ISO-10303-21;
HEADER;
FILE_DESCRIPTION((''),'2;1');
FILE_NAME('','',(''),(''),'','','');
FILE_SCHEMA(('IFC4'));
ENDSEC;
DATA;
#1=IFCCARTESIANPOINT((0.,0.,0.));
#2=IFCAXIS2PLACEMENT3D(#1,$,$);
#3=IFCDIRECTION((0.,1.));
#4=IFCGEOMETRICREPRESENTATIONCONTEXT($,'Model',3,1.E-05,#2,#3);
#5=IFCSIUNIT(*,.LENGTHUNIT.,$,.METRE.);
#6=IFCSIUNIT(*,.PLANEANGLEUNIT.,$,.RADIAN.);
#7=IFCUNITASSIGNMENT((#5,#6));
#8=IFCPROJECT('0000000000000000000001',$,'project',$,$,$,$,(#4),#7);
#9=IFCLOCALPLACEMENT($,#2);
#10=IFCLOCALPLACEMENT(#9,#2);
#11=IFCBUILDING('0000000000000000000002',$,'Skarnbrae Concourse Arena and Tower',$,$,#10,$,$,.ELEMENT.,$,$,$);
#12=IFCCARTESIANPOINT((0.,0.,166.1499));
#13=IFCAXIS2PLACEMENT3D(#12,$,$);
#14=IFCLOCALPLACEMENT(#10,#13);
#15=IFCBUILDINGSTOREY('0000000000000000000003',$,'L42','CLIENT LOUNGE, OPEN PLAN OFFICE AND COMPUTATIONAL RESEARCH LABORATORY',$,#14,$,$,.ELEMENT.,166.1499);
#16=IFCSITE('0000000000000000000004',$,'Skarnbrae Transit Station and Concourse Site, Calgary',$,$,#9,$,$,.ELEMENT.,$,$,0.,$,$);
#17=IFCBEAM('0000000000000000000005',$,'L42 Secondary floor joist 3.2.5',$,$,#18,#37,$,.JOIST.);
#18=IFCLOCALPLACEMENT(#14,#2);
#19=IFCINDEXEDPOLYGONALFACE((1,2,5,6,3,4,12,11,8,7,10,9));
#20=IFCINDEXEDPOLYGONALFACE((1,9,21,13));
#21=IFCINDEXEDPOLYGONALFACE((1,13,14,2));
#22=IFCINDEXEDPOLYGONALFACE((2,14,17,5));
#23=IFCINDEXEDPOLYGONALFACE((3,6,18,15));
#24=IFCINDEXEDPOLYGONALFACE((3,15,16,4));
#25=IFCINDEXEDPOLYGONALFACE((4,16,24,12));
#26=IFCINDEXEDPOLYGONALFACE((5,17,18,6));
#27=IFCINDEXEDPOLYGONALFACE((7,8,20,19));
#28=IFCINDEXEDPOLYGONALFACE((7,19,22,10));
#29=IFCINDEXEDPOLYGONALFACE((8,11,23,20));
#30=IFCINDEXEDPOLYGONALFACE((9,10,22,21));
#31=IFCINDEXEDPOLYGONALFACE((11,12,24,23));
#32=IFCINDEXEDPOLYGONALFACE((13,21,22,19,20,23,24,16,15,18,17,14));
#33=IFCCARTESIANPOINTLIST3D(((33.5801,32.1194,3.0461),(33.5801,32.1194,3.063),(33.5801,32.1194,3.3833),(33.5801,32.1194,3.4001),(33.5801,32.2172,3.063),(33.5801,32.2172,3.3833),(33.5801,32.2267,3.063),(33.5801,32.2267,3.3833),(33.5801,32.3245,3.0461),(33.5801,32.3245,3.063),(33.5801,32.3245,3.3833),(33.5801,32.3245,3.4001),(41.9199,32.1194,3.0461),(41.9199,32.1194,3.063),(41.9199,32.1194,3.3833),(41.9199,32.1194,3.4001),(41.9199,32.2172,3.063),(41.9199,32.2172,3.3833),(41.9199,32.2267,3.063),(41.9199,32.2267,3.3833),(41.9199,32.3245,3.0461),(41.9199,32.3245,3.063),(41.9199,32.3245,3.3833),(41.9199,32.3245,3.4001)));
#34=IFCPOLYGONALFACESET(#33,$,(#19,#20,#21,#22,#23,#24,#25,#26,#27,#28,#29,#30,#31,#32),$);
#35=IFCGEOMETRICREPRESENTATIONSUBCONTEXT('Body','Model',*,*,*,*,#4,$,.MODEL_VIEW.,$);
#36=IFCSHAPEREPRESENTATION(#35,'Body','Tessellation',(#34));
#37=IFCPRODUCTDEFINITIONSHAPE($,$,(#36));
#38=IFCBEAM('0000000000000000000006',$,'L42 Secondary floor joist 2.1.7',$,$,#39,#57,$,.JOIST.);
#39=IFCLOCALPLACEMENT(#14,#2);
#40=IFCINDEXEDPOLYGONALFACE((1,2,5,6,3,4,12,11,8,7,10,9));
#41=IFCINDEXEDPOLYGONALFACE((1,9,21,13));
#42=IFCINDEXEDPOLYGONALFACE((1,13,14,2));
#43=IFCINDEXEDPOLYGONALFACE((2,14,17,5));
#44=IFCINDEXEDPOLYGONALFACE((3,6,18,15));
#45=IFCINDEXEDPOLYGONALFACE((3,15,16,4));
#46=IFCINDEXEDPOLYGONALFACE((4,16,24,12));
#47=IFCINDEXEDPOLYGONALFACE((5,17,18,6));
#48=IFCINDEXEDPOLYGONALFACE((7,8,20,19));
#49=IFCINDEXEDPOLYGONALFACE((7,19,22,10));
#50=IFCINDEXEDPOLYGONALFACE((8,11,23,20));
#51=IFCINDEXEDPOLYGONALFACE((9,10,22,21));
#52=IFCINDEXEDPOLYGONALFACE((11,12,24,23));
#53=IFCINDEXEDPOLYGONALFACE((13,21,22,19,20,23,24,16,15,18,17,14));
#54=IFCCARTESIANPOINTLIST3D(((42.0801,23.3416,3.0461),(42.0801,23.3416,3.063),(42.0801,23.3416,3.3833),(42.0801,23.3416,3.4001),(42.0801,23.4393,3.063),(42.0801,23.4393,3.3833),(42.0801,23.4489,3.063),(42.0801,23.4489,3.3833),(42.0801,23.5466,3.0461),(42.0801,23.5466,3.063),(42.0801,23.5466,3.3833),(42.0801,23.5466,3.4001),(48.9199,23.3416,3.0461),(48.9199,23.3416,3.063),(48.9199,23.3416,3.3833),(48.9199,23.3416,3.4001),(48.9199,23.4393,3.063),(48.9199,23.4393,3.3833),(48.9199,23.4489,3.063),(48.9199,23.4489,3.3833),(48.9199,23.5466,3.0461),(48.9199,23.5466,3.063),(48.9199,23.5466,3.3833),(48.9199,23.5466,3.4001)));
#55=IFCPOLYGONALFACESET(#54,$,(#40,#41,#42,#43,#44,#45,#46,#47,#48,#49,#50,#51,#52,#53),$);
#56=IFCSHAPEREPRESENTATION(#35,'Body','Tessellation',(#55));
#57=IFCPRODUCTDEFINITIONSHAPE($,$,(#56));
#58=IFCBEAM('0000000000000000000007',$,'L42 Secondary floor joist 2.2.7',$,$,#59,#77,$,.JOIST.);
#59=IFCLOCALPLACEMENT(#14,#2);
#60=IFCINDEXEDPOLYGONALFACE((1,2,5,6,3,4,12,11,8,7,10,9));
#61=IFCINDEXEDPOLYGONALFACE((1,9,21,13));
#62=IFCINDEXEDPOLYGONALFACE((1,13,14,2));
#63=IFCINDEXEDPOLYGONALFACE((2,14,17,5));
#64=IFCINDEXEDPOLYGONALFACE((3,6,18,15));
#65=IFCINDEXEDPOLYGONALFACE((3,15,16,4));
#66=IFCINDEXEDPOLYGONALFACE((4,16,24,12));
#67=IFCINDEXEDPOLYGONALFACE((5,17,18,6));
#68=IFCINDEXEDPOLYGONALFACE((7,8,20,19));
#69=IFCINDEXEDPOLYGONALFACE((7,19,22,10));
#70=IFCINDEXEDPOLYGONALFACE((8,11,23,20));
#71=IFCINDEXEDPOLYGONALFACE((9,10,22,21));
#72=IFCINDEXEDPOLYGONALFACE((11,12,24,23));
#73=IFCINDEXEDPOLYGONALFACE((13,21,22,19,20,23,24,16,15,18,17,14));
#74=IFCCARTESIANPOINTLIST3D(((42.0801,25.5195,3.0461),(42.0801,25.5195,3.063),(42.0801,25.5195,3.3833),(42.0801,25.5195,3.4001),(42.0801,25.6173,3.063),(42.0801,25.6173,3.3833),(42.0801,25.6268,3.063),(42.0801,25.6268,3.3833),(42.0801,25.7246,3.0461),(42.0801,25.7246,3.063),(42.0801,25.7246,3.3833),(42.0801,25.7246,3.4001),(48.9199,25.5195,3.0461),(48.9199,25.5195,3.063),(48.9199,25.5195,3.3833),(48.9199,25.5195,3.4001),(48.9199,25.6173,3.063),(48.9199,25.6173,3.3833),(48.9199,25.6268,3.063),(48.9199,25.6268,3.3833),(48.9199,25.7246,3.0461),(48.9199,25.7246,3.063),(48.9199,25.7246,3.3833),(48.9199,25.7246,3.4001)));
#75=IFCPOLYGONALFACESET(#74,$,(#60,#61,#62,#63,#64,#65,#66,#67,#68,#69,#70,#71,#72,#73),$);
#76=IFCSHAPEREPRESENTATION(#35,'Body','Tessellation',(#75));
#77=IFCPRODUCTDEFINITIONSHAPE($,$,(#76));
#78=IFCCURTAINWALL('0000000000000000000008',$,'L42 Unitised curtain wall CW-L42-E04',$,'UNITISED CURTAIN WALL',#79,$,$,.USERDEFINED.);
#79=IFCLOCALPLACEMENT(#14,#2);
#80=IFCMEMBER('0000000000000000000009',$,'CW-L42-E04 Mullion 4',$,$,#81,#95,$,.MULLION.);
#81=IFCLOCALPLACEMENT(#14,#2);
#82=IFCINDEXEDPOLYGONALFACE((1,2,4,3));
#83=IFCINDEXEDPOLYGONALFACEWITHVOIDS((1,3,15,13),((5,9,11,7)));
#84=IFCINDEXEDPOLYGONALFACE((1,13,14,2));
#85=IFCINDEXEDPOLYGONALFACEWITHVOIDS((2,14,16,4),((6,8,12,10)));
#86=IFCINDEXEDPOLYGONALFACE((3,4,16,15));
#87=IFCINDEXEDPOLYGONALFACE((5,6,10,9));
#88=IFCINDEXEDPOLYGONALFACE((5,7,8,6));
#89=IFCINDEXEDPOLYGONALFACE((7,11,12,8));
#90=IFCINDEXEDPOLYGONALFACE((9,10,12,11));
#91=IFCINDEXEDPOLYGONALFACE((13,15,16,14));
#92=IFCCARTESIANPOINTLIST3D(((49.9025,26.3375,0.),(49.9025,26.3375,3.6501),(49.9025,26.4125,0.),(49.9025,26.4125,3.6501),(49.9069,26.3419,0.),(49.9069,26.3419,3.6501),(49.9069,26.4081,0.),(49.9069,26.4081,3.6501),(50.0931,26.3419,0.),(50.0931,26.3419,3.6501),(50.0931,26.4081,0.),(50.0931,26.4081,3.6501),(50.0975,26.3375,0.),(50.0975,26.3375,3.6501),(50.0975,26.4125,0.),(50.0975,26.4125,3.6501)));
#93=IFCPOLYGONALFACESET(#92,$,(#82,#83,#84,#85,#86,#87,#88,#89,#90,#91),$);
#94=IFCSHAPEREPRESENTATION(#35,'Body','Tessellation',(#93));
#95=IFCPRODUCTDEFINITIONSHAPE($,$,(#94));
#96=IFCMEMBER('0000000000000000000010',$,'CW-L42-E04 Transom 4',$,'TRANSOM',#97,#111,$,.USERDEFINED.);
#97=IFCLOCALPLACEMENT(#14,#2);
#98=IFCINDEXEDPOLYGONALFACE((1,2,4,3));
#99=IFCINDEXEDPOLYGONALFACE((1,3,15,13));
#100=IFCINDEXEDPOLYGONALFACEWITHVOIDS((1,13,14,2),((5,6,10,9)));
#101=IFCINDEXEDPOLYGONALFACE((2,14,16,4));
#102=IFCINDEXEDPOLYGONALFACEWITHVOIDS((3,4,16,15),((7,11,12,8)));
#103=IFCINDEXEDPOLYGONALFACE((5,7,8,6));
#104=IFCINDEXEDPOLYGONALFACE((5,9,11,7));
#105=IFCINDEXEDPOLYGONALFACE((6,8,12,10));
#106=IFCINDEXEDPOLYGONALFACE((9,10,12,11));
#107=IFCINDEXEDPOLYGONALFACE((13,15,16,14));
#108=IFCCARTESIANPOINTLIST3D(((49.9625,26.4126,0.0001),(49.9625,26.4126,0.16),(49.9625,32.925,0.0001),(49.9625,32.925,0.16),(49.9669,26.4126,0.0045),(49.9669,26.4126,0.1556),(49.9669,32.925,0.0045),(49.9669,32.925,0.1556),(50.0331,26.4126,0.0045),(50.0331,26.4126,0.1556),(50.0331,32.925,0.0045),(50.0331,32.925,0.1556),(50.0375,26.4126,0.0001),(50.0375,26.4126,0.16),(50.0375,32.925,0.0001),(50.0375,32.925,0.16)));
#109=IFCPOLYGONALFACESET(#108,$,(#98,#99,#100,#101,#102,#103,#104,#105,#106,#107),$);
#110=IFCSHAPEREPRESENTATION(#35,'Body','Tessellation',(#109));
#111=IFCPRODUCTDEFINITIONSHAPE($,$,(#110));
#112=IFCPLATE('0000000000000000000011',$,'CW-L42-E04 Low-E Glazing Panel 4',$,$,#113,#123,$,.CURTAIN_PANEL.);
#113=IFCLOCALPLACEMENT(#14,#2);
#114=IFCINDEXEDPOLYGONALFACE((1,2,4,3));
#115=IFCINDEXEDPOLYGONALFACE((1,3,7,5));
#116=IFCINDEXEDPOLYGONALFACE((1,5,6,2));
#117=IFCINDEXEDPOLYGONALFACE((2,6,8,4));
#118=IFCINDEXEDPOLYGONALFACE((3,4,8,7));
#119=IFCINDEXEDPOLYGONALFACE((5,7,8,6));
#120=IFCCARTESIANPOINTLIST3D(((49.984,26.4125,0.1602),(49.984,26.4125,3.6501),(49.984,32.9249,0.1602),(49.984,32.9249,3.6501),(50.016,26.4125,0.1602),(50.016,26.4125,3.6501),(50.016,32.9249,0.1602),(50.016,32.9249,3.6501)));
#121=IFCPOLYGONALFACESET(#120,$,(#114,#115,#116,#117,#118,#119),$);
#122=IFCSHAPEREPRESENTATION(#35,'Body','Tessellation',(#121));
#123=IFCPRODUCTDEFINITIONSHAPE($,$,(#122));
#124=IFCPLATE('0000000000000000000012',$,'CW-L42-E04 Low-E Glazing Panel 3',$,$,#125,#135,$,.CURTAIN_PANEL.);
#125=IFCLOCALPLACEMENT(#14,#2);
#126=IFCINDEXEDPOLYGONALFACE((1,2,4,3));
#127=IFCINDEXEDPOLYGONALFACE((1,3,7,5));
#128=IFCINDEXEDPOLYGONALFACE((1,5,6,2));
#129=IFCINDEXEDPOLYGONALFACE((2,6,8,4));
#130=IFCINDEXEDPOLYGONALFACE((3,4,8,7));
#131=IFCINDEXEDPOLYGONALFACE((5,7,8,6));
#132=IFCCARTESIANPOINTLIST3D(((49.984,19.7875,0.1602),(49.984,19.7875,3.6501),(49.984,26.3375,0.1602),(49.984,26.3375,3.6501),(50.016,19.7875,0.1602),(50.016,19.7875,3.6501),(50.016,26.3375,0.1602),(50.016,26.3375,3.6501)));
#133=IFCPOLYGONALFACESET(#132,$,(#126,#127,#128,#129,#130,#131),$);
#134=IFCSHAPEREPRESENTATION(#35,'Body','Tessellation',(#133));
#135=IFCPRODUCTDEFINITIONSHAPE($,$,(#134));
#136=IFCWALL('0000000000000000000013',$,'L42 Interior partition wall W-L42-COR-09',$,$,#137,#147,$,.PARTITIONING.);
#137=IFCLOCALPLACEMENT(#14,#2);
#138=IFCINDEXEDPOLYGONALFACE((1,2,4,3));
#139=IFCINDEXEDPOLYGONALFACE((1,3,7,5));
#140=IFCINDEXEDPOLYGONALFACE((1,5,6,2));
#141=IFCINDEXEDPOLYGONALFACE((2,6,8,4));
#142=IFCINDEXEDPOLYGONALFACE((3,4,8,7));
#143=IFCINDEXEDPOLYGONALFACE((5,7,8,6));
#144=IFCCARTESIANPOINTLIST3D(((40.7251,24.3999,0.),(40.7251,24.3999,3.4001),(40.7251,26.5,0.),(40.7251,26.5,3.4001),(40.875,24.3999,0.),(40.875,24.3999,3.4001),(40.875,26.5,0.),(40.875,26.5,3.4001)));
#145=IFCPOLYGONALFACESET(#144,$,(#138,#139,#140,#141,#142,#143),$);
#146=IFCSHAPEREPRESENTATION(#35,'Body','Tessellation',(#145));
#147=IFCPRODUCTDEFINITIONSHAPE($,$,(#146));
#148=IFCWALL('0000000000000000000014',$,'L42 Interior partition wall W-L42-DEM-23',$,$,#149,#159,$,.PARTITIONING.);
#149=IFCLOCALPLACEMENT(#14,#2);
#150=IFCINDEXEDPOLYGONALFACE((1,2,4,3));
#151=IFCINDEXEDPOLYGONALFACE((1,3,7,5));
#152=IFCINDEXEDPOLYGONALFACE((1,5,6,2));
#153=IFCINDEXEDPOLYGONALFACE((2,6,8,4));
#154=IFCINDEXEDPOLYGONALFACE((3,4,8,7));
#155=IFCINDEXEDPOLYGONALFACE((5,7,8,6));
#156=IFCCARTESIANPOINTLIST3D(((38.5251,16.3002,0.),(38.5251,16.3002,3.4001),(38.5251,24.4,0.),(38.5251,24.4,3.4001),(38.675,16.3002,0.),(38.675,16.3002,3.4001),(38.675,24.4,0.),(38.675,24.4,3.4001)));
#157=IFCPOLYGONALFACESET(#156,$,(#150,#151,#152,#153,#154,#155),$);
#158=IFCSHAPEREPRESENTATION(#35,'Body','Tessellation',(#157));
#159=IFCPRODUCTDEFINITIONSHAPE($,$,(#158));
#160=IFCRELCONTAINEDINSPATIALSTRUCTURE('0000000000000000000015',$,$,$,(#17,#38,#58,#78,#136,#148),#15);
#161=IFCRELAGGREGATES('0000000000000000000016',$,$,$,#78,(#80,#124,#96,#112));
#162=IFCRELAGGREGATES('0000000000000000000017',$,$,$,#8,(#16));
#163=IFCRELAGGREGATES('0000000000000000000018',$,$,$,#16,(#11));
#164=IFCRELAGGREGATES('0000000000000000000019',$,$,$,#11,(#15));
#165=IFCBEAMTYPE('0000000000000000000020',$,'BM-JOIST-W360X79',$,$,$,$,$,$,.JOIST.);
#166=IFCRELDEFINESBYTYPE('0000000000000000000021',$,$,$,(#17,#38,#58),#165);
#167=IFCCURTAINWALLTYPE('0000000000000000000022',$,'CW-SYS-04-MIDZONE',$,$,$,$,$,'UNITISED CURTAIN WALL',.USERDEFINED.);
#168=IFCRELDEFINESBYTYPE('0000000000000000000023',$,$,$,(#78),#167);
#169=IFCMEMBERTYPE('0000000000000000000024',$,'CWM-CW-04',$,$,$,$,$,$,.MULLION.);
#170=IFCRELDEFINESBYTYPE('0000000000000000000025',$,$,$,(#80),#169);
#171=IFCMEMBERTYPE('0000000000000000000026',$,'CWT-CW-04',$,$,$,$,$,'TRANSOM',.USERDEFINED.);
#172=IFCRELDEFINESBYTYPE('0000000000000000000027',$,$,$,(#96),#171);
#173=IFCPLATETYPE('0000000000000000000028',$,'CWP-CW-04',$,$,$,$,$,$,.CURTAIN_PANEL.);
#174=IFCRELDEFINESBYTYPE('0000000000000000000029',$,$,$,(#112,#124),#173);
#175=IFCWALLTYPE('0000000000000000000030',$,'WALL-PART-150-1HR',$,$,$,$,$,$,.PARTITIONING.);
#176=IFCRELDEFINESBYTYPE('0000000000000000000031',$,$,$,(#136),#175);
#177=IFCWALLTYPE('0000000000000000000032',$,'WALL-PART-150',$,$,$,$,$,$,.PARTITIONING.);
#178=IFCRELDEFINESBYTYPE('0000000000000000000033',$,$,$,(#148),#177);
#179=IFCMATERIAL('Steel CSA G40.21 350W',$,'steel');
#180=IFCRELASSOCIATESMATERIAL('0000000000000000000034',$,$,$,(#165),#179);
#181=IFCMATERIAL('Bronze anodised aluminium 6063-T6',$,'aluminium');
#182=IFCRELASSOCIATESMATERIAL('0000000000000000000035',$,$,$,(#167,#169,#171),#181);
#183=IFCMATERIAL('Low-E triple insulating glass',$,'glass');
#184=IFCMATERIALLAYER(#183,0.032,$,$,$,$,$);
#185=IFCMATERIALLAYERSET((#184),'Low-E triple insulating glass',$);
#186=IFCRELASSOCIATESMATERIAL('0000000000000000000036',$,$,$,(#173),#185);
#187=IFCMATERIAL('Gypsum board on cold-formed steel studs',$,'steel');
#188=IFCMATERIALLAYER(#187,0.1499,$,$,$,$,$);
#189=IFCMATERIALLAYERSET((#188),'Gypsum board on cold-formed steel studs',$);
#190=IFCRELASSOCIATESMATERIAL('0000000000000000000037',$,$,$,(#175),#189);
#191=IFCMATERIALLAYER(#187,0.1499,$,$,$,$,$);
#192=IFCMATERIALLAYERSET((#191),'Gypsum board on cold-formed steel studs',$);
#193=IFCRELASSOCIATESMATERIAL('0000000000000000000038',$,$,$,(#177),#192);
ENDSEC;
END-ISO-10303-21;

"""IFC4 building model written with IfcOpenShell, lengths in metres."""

from ifc_helpers import new_model, si_unit, direction, frame, frame_2d, origin, origin_2d, place, context, subcontext, project, spatial, rectangle, hollow_rectangle, i_section, extrude, source, transform, mapped, material, layer, layer_set, material_profile, profile_set, type_object, element, aggregate, save


model = new_model("IFC4")

# Units and contexts
model_context = context("Model", 3, precision=1e-05, world=origin(), true_north=direction((0.0, 1.0)))
body_context = subcontext(model_context, "Body", "Model", "MODEL_VIEW")
ifc_project = project(units=[si_unit("LENGTHUNIT", "METRE"), si_unit("PLANEANGLEUNIT", "RADIAN")], contexts=[model_context])

# Site, building, storey
site_placement = place(None, origin())
site = spatial("IfcSite", under=ifc_project, at=site_placement, Name="Skarnbrae Transit Station and Concourse Site, Calgary", CompositionType="ELEMENT", RefElevation=0.0)
building_placement = place(site_placement, origin())
building = spatial("IfcBuilding", under=site, at=building_placement, Name="Skarnbrae Concourse Arena and Tower", CompositionType="ELEMENT")
storey_placement = place(building_placement, frame((0.0, 0.0, 166.1499)))
storey = spatial("IfcBuildingStorey", under=building, at=storey_placement, Name="L42", Description="CLIENT LOUNGE, OPEN PLAN OFFICE AND COMPUTATIONAL RESEARCH LABORATORY", CompositionType="ELEMENT", Elevation=166.1499)

# Shared definitions
ifc_material_1 = material(Name="Steel CSA G40.21 350W", Category="steel")

# Beams
ifc_material_profile_1 = material_profile(ifc_material_1, i_section(OverallWidth=0.2051, OverallDepth=0.354, WebThickness=0.0095, FlangeThickness=0.0168, at=origin_2d()), Name="W360X79")
ifc_profile_set_1 = profile_set([ifc_material_profile_1], Name="Steel CSA G40.21 350W")
beam_type_1 = type_object("IfcBeamType", Name="BM-JOIST-W360X79", PredefinedType="JOIST", material=ifc_profile_set_1)
shared_shape_1 = source(origin(), body_context, "Body", "SweptSolid", [
    extrude(i_section(OverallWidth=0.2051, OverallDepth=0.354, WebThickness=0.0095, FlangeThickness=0.0168, at=origin_2d()), origin(), (0.0, 0.0, 1.0), 8.3398),
])
beam_1_placement = place(storey_placement, frame((33.5801, 32.2219, 3.2231), z_axis=(1.0, 0.0, 0.0), x_axis=(0.0, 1.0, 0.0)))
element("IfcBeam", 1, at=beam_1_placement, inside=storey, type_object=beam_type_1, Name="L42 Secondary floor joist 3.2.5", PredefinedType="JOIST", context=body_context, shape_type="MappedRepresentation", body=[
    mapped(shared_shape_1, transform((0.0, 0.0, 0.0))),
])
shared_shape_2 = source(origin(), body_context, "Body", "SweptSolid", [
    extrude(i_section(OverallWidth=0.2051, OverallDepth=0.354, WebThickness=0.0095, FlangeThickness=0.0168, at=origin_2d()), origin(), (0.0, 0.0, 1.0), 6.8398),
])
for number, where, z_axis, x_axis, name in (
    (2, (42.0801, 23.4441, 3.2231), (1.0, 0.0, 0.0), (0.0, 1.0, 0.0), "L42 Secondary floor joist 2.1.7"),
    (3, (42.0801, 25.6221, 3.2231), (1.0, 0.0, 0.0), (0.0, 1.0, 0.0), "L42 Secondary floor joist 2.2.7"),
):
    element("IfcBeam", number, at=place(storey_placement, frame(where, z_axis=z_axis, x_axis=x_axis)), inside=storey, type_object=beam_type_1, Name=name, PredefinedType="JOIST", context=body_context, shape_type="MappedRepresentation", body=[
        mapped(shared_shape_2, transform((0.0, 0.0, 0.0))),
    ])

# Curtain wall, members, plates
ifc_material_2 = material(Name="Bronze anodised aluminium 6063-T6", Category="aluminium")
curtain_wall_type = type_object("IfcCurtainWallType", Name="CW-SYS-04-MIDZONE", ElementType="UNITISED CURTAIN WALL", PredefinedType="USERDEFINED", material=ifc_material_2)
curtain_wall_placement = place(storey_placement, origin())
curtain_wall = element("IfcCurtainWall", 4, at=curtain_wall_placement, inside=storey, type_object=curtain_wall_type, Name="L42 Unitised curtain wall CW-L42-E04", ObjectType="UNITISED CURTAIN WALL", PredefinedType="USERDEFINED")
ifc_material_profile_2 = material_profile(ifc_material_2, hollow_rectangle(XDim=0.075, YDim=0.1951, WallThickness=0.0044, at=origin_2d()), Name="ALU-MULL-75X195")
ifc_profile_set_2 = profile_set([ifc_material_profile_2], Name="Bronze anodised aluminium 6063-T6")
member_type_1 = type_object("IfcMemberType", Name="CWM-CW-04", PredefinedType="MULLION", material=ifc_profile_set_2)
shared_shape_3 = source(origin(), body_context, "Body", "SweptSolid", [
    extrude(hollow_rectangle(XDim=0.075, YDim=0.1951, WallThickness=0.0044, at=origin_2d()), origin(), (0.0, 0.0, 1.0), 3.6501),
])
member_1_placement = place(storey_placement, frame((50.0, 26.375, 0.0), z_axis=(0.0, 0.0, 1.0), x_axis=(0.0, 1.0, 0.0)))
member_1 = element("IfcMember", 5, at=member_1_placement, type_object=member_type_1, Name="CW-L42-E04 Mullion 4", PredefinedType="MULLION", context=body_context, shape_type="MappedRepresentation", body=[
    mapped(shared_shape_3, transform((0.0, 0.0, 0.0))),
])
ifc_material_profile_3 = material_profile(ifc_material_2, hollow_rectangle(XDim=0.075, YDim=0.1599, WallThickness=0.0044, at=origin_2d()), Name="ALU-TRAN-75X160")
ifc_profile_set_3 = profile_set([ifc_material_profile_3], Name="Bronze anodised aluminium 6063-T6")
member_type_2 = type_object("IfcMemberType", Name="CWT-CW-04", ElementType="TRANSOM", PredefinedType="USERDEFINED", material=ifc_profile_set_3)
shared_shape_4 = source(origin(), body_context, "Body", "SweptSolid", [
    extrude(hollow_rectangle(XDim=0.075, YDim=0.1599, WallThickness=0.0044, at=origin_2d()), origin(), (0.0, 0.0, 1.0), 6.5125),
])
member_2_placement = place(storey_placement, frame((50.0, 26.4126, 0.0801), z_axis=(0.0, 1.0, 0.0), x_axis=(-1.0, 0.0, 0.0)))
member_2 = element("IfcMember", 6, at=member_2_placement, type_object=member_type_2, Name="CW-L42-E04 Transom 4", ObjectType="TRANSOM", PredefinedType="USERDEFINED", context=body_context, shape_type="MappedRepresentation", body=[
    mapped(shared_shape_4, transform((0.0, 0.0, 0.0))),
])
ifc_material_3 = material(Name="Low-E triple insulating glass", Category="glass")
ifc_layer_1 = layer(ifc_material_3, 0.032)
ifc_layer_set_1 = layer_set([ifc_layer_1], Name="Low-E triple insulating glass")
plate_type = type_object("IfcPlateType", Name="CWP-CW-04", PredefinedType="CURTAIN_PANEL", material=ifc_layer_set_1)
shared_shape_5 = source(origin(), body_context, "Body", "SweptSolid", [
    extrude(rectangle(XDim=6.5125, YDim=0.032, at=origin_2d()), origin(), (0.0, 0.0, 1.0), 3.49),
])
plate_1_placement = place(storey_placement, frame((50.0, 29.6687, 0.1602), z_axis=(0.0, 0.0, 1.0), x_axis=(0.0, 1.0, 0.0)))
plate_1 = element("IfcPlate", 7, at=plate_1_placement, type_object=plate_type, Name="CW-L42-E04 Low-E Glazing Panel 4", PredefinedType="CURTAIN_PANEL", context=body_context, shape_type="MappedRepresentation", body=[
    mapped(shared_shape_5, transform((0.0, 0.0, 0.0))),
])
shared_shape_6 = source(origin(), body_context, "Body", "SweptSolid", [
    extrude(rectangle(XDim=6.55, YDim=0.032, at=origin_2d()), origin(), (0.0, 0.0, 1.0), 3.49),
])
plate_2_placement = place(storey_placement, frame((50.0, 23.0625, 0.1602), z_axis=(0.0, 0.0, 1.0), x_axis=(0.0, 1.0, 0.0)))
plate_2 = element("IfcPlate", 8, at=plate_2_placement, type_object=plate_type, Name="CW-L42-E04 Low-E Glazing Panel 3", PredefinedType="CURTAIN_PANEL", context=body_context, shape_type="MappedRepresentation", body=[
    mapped(shared_shape_6, transform((0.0, 0.0, 0.0))),
])
aggregate(curtain_wall, [member_1, plate_2, member_2, plate_1])

# Walls
ifc_material_4 = material(Name="Gypsum board on cold-formed steel studs", Category="steel")
ifc_layer_2 = layer(ifc_material_4, 0.1499)
ifc_layer_set_2 = layer_set([ifc_layer_2], Name="Gypsum board on cold-formed steel studs")
wall_type_1 = type_object("IfcWallType", Name="WALL-PART-150-1HR", PredefinedType="PARTITIONING", material=ifc_layer_set_2)
shared_shape_7 = source(origin(), body_context, "Body", "SweptSolid", [
    extrude(rectangle(XDim=2.1001, YDim=0.1499, at=frame_2d((1.05, 0.0))), origin(), (0.0, 0.0, 1.0), 3.4001),
])
wall_1_placement = place(storey_placement, frame((40.8, 26.5, 0.0), z_axis=(0.0, 0.0, 1.0), x_axis=(0.0, -1.0, 0.0)))
element("IfcWall", 9, at=wall_1_placement, inside=storey, type_object=wall_type_1, Name="L42 Interior partition wall W-L42-COR-09", PredefinedType="PARTITIONING", context=body_context, shape_type="MappedRepresentation", body=[
    mapped(shared_shape_7, transform((0.0, 0.0, 0.0))),
])
ifc_layer_3 = layer(ifc_material_4, 0.1499)
ifc_layer_set_3 = layer_set([ifc_layer_3], Name="Gypsum board on cold-formed steel studs")
wall_type_2 = type_object("IfcWallType", Name="WALL-PART-150", PredefinedType="PARTITIONING", material=ifc_layer_set_3)
shared_shape_8 = source(origin(), body_context, "Body", "SweptSolid", [
    extrude(rectangle(XDim=8.0999, YDim=0.1499, at=frame_2d((4.0498, 0.0))), origin(), (0.0, 0.0, 1.0), 3.4001),
])
wall_2_placement = place(storey_placement, frame((38.6001, 24.3999, 0.0), z_axis=(0.0, 0.0, 1.0), x_axis=(0.0, -1.0, 0.0)))
element("IfcWall", 10, at=wall_2_placement, inside=storey, type_object=wall_type_2, Name="L42 Interior partition wall W-L42-DEM-23", PredefinedType="PARTITIONING", context=body_context, shape_type="MappedRepresentation", body=[
    mapped(shared_shape_8, transform((0.0, 0.0, 0.0))),
])

save(model, "model.ifc")
